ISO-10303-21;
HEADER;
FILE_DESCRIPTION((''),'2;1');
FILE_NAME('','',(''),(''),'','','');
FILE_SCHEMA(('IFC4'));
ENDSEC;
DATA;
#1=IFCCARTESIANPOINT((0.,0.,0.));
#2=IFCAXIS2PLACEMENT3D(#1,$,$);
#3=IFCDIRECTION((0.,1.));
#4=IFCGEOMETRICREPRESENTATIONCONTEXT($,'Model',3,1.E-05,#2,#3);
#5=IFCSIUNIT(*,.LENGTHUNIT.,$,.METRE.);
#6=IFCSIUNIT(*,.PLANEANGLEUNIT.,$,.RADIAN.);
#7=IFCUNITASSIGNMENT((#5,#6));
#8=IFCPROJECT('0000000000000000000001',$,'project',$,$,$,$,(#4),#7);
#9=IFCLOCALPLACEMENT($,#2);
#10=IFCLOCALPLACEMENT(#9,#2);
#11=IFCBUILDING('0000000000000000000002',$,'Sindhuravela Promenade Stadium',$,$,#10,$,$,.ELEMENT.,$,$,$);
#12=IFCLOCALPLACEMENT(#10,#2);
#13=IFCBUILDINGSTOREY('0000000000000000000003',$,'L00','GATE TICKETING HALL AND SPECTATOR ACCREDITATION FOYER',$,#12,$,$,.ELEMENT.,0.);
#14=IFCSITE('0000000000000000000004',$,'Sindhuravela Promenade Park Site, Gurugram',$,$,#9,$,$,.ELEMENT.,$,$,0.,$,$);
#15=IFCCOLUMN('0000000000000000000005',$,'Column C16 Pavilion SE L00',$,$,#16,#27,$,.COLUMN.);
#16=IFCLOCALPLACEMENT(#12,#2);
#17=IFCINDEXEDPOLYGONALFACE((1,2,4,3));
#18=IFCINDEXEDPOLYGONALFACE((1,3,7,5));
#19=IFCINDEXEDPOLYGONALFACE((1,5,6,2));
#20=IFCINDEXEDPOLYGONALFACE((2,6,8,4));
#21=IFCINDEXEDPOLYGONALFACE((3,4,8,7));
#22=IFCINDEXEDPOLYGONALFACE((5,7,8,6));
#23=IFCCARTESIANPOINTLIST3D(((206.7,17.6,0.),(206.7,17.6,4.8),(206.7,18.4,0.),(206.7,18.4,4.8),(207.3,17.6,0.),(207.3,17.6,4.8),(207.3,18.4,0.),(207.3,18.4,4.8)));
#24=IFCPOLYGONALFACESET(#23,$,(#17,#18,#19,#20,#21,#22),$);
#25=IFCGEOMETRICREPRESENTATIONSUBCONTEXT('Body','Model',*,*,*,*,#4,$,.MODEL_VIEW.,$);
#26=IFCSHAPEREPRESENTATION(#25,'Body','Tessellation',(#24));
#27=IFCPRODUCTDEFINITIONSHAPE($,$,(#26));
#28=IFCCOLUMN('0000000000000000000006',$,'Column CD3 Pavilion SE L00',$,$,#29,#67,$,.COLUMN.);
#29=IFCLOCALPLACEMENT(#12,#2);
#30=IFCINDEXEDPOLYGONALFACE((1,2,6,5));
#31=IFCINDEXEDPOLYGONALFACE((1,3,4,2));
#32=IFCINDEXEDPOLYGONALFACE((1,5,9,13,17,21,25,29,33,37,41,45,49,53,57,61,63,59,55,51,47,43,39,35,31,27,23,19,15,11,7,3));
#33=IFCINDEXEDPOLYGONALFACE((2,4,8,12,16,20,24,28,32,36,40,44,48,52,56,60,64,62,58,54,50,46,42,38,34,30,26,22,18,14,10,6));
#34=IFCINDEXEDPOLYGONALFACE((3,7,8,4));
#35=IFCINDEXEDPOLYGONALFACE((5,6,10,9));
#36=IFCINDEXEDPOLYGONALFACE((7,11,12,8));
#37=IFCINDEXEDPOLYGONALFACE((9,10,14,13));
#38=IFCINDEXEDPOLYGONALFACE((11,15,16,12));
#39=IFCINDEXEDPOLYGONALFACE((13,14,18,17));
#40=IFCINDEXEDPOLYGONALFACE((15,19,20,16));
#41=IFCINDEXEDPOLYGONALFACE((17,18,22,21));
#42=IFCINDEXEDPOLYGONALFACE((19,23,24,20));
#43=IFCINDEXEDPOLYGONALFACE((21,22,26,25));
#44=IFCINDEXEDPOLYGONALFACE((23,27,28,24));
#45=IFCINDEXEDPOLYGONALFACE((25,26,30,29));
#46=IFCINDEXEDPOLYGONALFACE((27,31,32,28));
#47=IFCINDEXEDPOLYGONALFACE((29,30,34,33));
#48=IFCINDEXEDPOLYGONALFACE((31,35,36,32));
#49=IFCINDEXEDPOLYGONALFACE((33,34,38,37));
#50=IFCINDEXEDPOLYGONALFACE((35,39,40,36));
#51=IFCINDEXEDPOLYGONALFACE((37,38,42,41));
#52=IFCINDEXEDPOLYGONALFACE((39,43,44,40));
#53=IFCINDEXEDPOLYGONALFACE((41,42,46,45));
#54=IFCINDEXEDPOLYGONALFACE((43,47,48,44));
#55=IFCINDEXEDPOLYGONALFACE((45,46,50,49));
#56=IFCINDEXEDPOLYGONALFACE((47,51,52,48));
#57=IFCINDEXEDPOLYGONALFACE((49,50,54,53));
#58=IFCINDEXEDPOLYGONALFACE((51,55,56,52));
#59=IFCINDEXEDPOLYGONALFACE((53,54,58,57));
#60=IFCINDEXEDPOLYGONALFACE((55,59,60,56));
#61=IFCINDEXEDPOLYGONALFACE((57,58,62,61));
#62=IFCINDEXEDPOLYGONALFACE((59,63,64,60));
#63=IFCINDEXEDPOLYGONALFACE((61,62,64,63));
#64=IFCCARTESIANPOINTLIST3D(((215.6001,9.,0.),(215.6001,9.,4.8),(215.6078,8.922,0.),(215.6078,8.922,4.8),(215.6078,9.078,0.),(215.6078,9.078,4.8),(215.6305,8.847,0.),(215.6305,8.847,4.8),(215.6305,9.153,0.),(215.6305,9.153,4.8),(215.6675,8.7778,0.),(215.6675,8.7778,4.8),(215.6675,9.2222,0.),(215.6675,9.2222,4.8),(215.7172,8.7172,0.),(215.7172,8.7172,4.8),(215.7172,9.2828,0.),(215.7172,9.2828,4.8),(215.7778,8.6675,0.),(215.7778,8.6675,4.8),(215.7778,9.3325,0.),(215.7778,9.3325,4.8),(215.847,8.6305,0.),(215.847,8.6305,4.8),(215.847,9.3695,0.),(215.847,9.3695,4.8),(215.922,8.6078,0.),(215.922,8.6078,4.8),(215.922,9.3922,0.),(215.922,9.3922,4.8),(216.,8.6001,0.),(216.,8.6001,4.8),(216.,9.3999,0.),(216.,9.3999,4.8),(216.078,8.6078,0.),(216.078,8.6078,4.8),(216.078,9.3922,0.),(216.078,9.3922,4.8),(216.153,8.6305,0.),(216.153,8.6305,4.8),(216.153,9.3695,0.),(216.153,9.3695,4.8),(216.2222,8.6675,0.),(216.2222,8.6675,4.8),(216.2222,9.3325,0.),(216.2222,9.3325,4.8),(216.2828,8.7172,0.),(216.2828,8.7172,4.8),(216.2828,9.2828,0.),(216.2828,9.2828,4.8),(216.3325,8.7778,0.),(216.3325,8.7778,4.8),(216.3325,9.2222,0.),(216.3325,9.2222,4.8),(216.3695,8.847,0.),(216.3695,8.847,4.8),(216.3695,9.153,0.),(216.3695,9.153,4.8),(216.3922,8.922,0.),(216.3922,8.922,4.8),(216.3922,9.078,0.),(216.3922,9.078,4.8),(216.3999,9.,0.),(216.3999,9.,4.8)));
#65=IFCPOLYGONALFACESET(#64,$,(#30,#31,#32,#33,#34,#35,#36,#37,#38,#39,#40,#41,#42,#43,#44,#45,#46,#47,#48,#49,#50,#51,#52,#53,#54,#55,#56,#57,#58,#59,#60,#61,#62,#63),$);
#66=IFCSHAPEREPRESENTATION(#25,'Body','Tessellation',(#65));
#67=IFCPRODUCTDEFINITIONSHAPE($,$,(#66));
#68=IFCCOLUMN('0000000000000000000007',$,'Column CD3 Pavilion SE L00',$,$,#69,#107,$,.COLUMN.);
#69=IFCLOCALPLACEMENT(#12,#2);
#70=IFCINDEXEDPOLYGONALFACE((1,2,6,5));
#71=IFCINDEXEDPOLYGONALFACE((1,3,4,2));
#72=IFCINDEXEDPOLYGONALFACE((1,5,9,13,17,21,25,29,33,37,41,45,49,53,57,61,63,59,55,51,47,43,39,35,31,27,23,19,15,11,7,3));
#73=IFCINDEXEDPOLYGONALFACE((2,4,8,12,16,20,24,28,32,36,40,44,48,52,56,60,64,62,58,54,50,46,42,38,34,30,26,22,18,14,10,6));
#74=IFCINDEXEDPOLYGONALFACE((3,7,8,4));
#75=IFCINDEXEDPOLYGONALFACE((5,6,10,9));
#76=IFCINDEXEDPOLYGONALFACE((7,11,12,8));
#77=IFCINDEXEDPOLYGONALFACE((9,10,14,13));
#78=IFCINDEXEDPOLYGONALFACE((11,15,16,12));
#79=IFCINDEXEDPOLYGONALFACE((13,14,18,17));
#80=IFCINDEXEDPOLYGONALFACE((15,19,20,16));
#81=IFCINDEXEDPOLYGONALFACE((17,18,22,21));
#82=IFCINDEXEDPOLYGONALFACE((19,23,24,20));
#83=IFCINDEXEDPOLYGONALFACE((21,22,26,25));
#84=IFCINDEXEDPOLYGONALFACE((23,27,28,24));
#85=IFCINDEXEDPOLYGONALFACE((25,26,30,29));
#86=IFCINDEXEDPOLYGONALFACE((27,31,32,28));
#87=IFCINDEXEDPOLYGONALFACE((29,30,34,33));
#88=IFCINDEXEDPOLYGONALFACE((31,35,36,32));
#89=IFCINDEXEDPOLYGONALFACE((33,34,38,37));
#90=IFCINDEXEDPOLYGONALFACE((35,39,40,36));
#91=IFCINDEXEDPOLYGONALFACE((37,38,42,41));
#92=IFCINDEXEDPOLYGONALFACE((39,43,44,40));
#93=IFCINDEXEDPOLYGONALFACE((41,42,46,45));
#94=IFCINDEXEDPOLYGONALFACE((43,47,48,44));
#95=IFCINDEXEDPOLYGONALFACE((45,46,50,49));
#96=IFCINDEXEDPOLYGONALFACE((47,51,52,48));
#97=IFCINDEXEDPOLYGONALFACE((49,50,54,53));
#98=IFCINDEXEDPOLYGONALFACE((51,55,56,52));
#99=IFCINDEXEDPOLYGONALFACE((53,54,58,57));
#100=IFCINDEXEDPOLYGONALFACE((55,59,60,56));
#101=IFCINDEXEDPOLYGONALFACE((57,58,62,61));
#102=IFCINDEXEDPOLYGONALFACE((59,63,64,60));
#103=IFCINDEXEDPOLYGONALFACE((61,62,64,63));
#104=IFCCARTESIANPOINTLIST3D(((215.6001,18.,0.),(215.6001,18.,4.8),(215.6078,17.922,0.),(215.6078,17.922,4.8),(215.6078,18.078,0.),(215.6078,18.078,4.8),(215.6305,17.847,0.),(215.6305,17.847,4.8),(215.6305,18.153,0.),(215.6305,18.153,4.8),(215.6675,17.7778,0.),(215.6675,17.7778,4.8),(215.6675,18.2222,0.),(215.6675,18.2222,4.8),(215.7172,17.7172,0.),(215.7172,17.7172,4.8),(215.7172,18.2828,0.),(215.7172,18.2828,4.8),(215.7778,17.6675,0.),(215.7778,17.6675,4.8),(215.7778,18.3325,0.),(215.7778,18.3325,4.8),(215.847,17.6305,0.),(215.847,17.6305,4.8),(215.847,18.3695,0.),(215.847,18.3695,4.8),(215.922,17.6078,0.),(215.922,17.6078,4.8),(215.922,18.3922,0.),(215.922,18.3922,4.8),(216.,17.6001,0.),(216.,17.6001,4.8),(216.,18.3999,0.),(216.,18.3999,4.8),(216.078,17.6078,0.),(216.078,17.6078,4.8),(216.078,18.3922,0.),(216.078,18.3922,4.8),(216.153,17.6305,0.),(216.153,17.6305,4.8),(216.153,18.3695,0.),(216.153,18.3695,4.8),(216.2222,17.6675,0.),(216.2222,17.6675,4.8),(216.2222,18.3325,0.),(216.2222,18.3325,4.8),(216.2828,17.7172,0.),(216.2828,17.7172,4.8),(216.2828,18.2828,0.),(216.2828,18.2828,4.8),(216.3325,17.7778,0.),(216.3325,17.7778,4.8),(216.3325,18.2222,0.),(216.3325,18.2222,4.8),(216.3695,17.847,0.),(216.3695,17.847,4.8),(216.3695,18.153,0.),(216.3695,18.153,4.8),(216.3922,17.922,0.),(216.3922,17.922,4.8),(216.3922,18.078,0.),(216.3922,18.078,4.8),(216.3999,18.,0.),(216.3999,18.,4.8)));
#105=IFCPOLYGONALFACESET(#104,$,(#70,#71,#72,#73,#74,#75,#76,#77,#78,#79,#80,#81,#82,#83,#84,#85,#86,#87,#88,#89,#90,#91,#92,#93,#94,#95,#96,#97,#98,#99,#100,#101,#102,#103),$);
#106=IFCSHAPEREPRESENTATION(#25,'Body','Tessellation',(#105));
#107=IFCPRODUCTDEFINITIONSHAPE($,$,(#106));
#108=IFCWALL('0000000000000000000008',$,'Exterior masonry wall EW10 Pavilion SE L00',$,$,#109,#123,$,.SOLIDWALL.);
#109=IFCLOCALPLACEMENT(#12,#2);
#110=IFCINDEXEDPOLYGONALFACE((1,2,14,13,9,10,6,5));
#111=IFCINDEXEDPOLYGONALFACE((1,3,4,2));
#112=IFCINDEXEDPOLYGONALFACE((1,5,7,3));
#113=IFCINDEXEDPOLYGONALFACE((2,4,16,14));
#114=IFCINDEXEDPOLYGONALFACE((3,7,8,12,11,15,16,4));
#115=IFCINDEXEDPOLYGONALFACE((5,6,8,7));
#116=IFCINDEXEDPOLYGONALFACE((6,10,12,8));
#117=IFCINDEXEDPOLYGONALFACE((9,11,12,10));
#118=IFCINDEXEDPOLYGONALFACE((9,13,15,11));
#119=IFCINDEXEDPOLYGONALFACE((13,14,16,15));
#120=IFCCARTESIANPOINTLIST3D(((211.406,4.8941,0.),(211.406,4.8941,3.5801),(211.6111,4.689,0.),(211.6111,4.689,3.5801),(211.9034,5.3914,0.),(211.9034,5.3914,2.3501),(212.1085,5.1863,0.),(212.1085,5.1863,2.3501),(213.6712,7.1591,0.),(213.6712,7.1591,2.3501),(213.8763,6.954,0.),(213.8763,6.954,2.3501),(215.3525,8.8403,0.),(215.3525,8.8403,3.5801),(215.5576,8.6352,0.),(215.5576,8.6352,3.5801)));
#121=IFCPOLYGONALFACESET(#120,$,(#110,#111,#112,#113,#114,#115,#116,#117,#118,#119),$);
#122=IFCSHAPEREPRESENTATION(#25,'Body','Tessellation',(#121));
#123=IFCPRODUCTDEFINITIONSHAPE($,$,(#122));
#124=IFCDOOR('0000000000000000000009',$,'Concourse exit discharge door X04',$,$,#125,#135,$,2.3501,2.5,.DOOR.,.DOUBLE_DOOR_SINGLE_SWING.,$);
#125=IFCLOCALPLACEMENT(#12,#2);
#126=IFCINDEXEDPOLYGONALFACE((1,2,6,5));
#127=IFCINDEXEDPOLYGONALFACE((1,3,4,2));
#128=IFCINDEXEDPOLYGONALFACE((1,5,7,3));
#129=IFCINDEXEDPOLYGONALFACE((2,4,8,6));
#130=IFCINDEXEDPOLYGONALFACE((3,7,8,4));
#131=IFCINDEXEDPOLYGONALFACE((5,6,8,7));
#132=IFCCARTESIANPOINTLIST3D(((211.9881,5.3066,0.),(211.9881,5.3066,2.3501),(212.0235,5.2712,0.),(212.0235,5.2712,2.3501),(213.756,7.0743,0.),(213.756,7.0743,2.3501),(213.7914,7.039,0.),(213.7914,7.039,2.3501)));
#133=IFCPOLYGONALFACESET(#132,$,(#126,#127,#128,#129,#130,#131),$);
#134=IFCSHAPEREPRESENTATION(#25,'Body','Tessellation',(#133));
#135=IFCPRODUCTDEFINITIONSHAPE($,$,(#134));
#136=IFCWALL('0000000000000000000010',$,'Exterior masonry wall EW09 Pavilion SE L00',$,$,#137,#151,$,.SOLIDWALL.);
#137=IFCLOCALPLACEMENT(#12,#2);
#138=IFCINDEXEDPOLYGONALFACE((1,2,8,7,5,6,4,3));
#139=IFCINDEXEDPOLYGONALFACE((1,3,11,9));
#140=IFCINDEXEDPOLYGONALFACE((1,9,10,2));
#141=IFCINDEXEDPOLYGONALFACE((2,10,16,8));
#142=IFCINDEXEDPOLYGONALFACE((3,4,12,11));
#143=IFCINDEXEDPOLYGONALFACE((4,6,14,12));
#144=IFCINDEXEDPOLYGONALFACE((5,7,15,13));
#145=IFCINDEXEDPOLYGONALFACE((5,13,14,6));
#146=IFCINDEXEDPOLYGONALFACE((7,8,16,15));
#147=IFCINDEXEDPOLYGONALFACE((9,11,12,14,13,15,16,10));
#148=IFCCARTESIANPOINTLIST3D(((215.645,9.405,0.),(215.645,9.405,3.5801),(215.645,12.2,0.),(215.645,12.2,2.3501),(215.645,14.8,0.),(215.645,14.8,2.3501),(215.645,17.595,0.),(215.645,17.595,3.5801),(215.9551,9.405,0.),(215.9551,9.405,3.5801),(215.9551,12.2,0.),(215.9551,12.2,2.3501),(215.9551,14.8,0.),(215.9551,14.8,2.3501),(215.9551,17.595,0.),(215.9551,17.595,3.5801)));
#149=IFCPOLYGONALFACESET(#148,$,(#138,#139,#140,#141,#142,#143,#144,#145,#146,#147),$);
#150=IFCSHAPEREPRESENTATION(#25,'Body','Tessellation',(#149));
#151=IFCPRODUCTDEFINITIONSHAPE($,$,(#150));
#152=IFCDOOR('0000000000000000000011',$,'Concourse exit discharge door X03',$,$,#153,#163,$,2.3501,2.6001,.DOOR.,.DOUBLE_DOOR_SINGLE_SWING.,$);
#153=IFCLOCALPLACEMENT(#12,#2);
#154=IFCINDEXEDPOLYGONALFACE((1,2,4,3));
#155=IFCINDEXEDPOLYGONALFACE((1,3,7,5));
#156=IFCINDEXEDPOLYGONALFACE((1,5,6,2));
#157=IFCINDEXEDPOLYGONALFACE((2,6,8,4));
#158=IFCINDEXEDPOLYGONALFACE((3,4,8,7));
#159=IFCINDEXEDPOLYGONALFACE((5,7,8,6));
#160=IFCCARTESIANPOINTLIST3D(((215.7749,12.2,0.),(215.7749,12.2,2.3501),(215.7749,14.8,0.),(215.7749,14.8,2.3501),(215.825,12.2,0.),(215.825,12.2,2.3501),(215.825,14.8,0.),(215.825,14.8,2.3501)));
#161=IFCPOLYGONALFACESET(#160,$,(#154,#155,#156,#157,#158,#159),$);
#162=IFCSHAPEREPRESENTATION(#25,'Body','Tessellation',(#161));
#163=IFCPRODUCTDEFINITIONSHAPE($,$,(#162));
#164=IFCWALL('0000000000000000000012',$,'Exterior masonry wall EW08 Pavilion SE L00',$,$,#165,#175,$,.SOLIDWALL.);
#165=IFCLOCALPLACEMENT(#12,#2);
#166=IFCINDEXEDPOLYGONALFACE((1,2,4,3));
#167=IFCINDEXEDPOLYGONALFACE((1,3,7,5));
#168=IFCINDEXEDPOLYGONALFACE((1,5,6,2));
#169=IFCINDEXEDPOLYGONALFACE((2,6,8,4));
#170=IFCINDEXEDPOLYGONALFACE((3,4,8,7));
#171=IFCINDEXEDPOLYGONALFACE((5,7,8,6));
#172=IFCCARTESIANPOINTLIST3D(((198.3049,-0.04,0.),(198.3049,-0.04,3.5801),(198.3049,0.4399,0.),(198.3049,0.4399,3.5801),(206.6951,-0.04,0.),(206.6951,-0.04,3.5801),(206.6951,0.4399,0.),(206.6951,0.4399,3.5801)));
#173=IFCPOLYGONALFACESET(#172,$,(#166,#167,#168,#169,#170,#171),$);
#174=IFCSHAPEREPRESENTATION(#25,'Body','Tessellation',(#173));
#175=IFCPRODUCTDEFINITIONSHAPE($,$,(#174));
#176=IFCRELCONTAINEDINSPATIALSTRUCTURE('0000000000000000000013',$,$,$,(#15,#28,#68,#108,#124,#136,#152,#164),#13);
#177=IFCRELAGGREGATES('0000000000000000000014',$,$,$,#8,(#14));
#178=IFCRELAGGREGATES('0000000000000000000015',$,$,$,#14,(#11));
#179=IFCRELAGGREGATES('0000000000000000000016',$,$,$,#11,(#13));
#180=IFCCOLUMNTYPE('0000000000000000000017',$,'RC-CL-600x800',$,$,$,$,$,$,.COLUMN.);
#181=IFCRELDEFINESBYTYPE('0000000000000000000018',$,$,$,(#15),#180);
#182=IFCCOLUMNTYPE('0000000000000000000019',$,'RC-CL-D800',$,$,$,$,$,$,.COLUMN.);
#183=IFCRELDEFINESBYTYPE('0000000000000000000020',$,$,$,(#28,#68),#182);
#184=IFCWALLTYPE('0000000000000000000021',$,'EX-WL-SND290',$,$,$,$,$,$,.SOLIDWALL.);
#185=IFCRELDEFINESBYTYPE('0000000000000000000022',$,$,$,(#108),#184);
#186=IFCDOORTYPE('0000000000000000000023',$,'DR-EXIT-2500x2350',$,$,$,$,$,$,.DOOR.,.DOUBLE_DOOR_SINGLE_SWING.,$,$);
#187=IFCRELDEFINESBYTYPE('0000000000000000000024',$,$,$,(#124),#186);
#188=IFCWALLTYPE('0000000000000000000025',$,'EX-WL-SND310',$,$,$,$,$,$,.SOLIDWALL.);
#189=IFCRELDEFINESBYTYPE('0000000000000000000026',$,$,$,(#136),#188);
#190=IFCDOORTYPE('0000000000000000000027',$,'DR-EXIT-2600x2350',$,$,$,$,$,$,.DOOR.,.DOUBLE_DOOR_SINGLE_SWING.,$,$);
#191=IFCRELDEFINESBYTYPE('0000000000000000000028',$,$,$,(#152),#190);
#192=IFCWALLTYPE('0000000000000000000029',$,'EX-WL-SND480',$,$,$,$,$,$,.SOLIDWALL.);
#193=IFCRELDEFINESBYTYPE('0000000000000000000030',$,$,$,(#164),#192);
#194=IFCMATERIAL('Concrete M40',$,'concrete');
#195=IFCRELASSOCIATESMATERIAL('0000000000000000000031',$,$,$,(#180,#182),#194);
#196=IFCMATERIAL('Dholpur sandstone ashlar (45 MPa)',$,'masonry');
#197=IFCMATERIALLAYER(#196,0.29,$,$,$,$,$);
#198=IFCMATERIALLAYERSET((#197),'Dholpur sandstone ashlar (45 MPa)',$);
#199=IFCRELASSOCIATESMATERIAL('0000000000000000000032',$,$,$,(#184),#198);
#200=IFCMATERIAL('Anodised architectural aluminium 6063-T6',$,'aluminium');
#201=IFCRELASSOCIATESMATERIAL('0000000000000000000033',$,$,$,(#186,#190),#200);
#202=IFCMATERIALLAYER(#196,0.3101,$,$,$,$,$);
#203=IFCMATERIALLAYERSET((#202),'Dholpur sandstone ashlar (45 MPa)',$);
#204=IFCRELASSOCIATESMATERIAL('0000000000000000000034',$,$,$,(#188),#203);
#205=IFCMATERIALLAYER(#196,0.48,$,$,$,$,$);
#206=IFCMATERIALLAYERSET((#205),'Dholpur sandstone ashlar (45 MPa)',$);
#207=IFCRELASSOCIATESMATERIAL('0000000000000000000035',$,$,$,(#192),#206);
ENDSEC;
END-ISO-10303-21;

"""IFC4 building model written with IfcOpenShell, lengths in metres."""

from ifc_helpers import new_model, si_unit, direction, frame, frame_2d, origin, origin_2d, place, context, subcontext, project, spatial, rectangle, circle, extrude, material, layer, layer_set, material_profile, profile_set, type_object, element, fill, save


model = new_model("IFC4")

# Units and contexts
model_context = context("Model", 3, precision=1e-05, world=origin(), true_north=direction((0.0, 1.0)))
body_context = subcontext(model_context, "Body", "Model", "MODEL_VIEW")
ifc_project = project(units=[si_unit("LENGTHUNIT", "METRE"), si_unit("PLANEANGLEUNIT", "RADIAN")], contexts=[model_context])

# Site, building, storey
site_placement = place(None, origin())
site = spatial("IfcSite", under=ifc_project, at=site_placement, Name="Sindhuravela Promenade Park Site, Gurugram", CompositionType="ELEMENT", RefElevation=0.0)
building_placement = place(site_placement, origin())
building = spatial("IfcBuilding", under=site, at=building_placement, Name="Sindhuravela Promenade Stadium", CompositionType="ELEMENT")
storey_placement = place(building_placement, origin())
storey = spatial("IfcBuildingStorey", under=building, at=storey_placement, Name="L00", Description="GATE TICKETING HALL AND SPECTATOR ACCREDITATION FOYER", CompositionType="ELEMENT", Elevation=0.0)

# Shared definitions
ifc_material_1 = material(Name="Concrete M40", Category="concrete")

# Columns
ifc_material_profile_1 = material_profile(ifc_material_1, rectangle(XDim=0.6001, YDim=0.8, at=origin_2d()), Name="RC 600x800")
ifc_profile_set_1 = profile_set([ifc_material_profile_1], Name="Concrete M40")
column_type_1 = type_object("IfcColumnType", Name="RC-CL-600x800", PredefinedType="COLUMN", material=ifc_profile_set_1)
for number, where, z_axis, x_axis, name in (
    (1, (207.0, 18.0, 0.0), (0.0, 0.0, 1.0), (1.0, 0.0, 0.0), "Column C16 Pavilion SE L00"),
):
    element("IfcColumn", number, at=place(storey_placement, frame(where, z_axis=z_axis, x_axis=x_axis)), inside=storey, type_object=column_type_1, Name=name, PredefinedType="COLUMN", context=body_context, shape_type="SweptSolid", body=[
        extrude(rectangle(XDim=0.6001, YDim=0.8, at=origin_2d()), origin(), (0.0, 0.0, 1.0), 4.8),
    ])
ifc_material_profile_2 = material_profile(ifc_material_1, circle(Radius=0.3999, at=origin_2d()), Name="RC D800")
ifc_profile_set_2 = profile_set([ifc_material_profile_2], Name="Concrete M40")
column_type_2 = type_object("IfcColumnType", Name="RC-CL-D800", PredefinedType="COLUMN", material=ifc_profile_set_2)
for number, where, z_axis, x_axis, name in (
    (2, (216.0, 9.0, 0.0), (0.0, 0.0, 1.0), (1.0, 0.0, 0.0), "Column CD3 Pavilion SE L00"),
    (3, (216.0, 18.0, 0.0), (0.0, 0.0, 1.0), (1.0, 0.0, 0.0), "Column CD3 Pavilion SE L00"),
):
    element("IfcColumn", number, at=place(storey_placement, frame(where, z_axis=z_axis, x_axis=x_axis)), inside=storey, type_object=column_type_2, Name=name, PredefinedType="COLUMN", context=body_context, shape_type="SweptSolid", body=[
        extrude(circle(Radius=0.3999, at=origin_2d()), origin(), (0.0, 0.0, 1.0), 4.8),
    ])

# Walls, openings, doors
ifc_material_2 = material(Name="Dholpur sandstone ashlar (45 MPa)", Category="masonry")
ifc_layer_1 = layer(ifc_material_2, 0.29)
ifc_layer_set_1 = layer_set([ifc_layer_1], Name="Dholpur sandstone ashlar (45 MPa)")
wall_type_1 = type_object("IfcWallType", Name="EX-WL-SND290", PredefinedType="SOLIDWALL", material=ifc_layer_set_1)
wall_1_placement = place(storey_placement, frame((215.4551, 8.7378, 0.0), z_axis=(0.0, 0.0, 1.0), x_axis=(-0.707129, -0.707085, 0.0)))
wall_1 = element("IfcWall", 4, at=wall_1_placement, inside=storey, type_object=wall_type_1, Name="Exterior masonry wall EW10 Pavilion SE L00", PredefinedType="SOLIDWALL", context=body_context, shape_type="SweptSolid", body=[
    extrude(rectangle(XDim=5.5811, YDim=0.29, at=frame_2d((2.7905, 0.0))), origin(), (0.0, 0.0, 1.0), 3.5801),
])
opening_1_placement = place(wall_1_placement, frame((2.3777, 0.0, 0.0)))
opening_1 = element("IfcOpeningElement", 5, at=opening_1_placement, cuts=wall_1, PredefinedType="OPENING", context=body_context, shape_type="SweptSolid", body=[
    extrude(rectangle(XDim=2.5, YDim=2.3501, at=frame_2d((1.25, 1.175))), frame((0.0, 0.155, 0.0), z_axis=(0.0, -1.0, 0.0), x_axis=(1.0, 0.0, 0.0)), (0.0, 0.0, 1.0), 0.3101),
])
ifc_material_3 = material(Name="Anodised architectural aluminium 6063-T6", Category="aluminium")
door_type_1 = type_object("IfcDoorType", Name="DR-EXIT-2500x2350", OperationType="DOUBLE_DOOR_SINGLE_SWING", PredefinedType="DOOR", material=ifc_material_3)
door_1_placement = place(opening_1_placement, origin())
door_1 = element("IfcDoor", 6, at=door_1_placement, inside=storey, type_object=door_type_1, Name="Concourse exit discharge door X04", OperationType="DOUBLE_DOOR_SINGLE_SWING", OverallHeight=2.3501, OverallWidth=2.5, PredefinedType="DOOR", context=body_context, shape_type="SweptSolid", body=[
    extrude(rectangle(XDim=2.5, YDim=2.3501, at=frame_2d((1.25, 1.175))), frame((0.0, 0.0249, 0.0), z_axis=(0.0, -1.0, 0.0), x_axis=(1.0, 0.0, 0.0)), (0.0, 0.0, 1.0), 0.05),
])
fill(opening_1, door_1)
ifc_layer_2 = layer(ifc_material_2, 0.3101)
ifc_layer_set_2 = layer_set([ifc_layer_2], Name="Dholpur sandstone ashlar (45 MPa)")
wall_type_2 = type_object("IfcWallType", Name="EX-WL-SND310", PredefinedType="SOLIDWALL", material=ifc_layer_set_2)
wall_2_placement = place(storey_placement, frame((215.8, 17.595, 0.0), z_axis=(0.0, 0.0, 1.0), x_axis=(0.0, -1.0, 0.0)))
wall_2 = element("IfcWall", 7, at=wall_2_placement, inside=storey, type_object=wall_type_2, Name="Exterior masonry wall EW09 Pavilion SE L00", PredefinedType="SOLIDWALL", context=body_context, shape_type="SweptSolid", body=[
    extrude(rectangle(XDim=8.1899, YDim=0.3101, at=frame_2d((4.095, 0.0))), origin(), (0.0, 0.0, 1.0), 3.5801),
])
opening_2_placement = place(wall_2_placement, frame((2.7949, 0.0, 0.0)))
opening_2 = element("IfcOpeningElement", 8, at=opening_2_placement, cuts=wall_2, PredefinedType="OPENING", context=body_context, shape_type="SweptSolid", body=[
    extrude(rectangle(XDim=2.6001, YDim=2.3501, at=frame_2d((1.3, 1.175))), frame((0.0, 0.165, 0.0), z_axis=(0.0, -1.0, 0.0), x_axis=(1.0, 0.0, 0.0)), (0.0, 0.0, 1.0), 0.3301),
])
door_type_2 = type_object("IfcDoorType", Name="DR-EXIT-2600x2350", OperationType="DOUBLE_DOOR_SINGLE_SWING", PredefinedType="DOOR", material=ifc_material_3)
door_2_placement = place(opening_2_placement, origin())
door_2 = element("IfcDoor", 9, at=door_2_placement, inside=storey, type_object=door_type_2, Name="Concourse exit discharge door X03", OperationType="DOUBLE_DOOR_SINGLE_SWING", OverallHeight=2.3501, OverallWidth=2.6001, PredefinedType="DOOR", context=body_context, shape_type="SweptSolid", body=[
    extrude(rectangle(XDim=2.6001, YDim=2.3501, at=frame_2d((1.3, 1.175))), frame((0.0, 0.0249, 0.0), z_axis=(0.0, -1.0, 0.0), x_axis=(1.0, 0.0, 0.0)), (0.0, 0.0, 1.0), 0.05),
])
fill(opening_2, door_2)

# Wall
ifc_layer_3 = layer(ifc_material_2, 0.48)
ifc_layer_set_3 = layer_set([ifc_layer_3], Name="Dholpur sandstone ashlar (45 MPa)")
wall_type_3 = type_object("IfcWallType", Name="EX-WL-SND480", PredefinedType="SOLIDWALL", material=ifc_layer_set_3)
wall_3_placement = place(storey_placement, frame((206.6951, 0.2, 0.0), z_axis=(0.0, 0.0, 1.0), x_axis=(-1.0, 0.0, 0.0)))
element("IfcWall", 10, at=wall_3_placement, inside=storey, type_object=wall_type_3, Name="Exterior masonry wall EW08 Pavilion SE L00", PredefinedType="SOLIDWALL", context=body_context, shape_type="SweptSolid", body=[
    extrude(rectangle(XDim=8.3901, YDim=0.48, at=frame_2d((4.1951, 0.0))), origin(), (0.0, 0.0, 1.0), 3.5801),
])

save(model, "model.ifc")
